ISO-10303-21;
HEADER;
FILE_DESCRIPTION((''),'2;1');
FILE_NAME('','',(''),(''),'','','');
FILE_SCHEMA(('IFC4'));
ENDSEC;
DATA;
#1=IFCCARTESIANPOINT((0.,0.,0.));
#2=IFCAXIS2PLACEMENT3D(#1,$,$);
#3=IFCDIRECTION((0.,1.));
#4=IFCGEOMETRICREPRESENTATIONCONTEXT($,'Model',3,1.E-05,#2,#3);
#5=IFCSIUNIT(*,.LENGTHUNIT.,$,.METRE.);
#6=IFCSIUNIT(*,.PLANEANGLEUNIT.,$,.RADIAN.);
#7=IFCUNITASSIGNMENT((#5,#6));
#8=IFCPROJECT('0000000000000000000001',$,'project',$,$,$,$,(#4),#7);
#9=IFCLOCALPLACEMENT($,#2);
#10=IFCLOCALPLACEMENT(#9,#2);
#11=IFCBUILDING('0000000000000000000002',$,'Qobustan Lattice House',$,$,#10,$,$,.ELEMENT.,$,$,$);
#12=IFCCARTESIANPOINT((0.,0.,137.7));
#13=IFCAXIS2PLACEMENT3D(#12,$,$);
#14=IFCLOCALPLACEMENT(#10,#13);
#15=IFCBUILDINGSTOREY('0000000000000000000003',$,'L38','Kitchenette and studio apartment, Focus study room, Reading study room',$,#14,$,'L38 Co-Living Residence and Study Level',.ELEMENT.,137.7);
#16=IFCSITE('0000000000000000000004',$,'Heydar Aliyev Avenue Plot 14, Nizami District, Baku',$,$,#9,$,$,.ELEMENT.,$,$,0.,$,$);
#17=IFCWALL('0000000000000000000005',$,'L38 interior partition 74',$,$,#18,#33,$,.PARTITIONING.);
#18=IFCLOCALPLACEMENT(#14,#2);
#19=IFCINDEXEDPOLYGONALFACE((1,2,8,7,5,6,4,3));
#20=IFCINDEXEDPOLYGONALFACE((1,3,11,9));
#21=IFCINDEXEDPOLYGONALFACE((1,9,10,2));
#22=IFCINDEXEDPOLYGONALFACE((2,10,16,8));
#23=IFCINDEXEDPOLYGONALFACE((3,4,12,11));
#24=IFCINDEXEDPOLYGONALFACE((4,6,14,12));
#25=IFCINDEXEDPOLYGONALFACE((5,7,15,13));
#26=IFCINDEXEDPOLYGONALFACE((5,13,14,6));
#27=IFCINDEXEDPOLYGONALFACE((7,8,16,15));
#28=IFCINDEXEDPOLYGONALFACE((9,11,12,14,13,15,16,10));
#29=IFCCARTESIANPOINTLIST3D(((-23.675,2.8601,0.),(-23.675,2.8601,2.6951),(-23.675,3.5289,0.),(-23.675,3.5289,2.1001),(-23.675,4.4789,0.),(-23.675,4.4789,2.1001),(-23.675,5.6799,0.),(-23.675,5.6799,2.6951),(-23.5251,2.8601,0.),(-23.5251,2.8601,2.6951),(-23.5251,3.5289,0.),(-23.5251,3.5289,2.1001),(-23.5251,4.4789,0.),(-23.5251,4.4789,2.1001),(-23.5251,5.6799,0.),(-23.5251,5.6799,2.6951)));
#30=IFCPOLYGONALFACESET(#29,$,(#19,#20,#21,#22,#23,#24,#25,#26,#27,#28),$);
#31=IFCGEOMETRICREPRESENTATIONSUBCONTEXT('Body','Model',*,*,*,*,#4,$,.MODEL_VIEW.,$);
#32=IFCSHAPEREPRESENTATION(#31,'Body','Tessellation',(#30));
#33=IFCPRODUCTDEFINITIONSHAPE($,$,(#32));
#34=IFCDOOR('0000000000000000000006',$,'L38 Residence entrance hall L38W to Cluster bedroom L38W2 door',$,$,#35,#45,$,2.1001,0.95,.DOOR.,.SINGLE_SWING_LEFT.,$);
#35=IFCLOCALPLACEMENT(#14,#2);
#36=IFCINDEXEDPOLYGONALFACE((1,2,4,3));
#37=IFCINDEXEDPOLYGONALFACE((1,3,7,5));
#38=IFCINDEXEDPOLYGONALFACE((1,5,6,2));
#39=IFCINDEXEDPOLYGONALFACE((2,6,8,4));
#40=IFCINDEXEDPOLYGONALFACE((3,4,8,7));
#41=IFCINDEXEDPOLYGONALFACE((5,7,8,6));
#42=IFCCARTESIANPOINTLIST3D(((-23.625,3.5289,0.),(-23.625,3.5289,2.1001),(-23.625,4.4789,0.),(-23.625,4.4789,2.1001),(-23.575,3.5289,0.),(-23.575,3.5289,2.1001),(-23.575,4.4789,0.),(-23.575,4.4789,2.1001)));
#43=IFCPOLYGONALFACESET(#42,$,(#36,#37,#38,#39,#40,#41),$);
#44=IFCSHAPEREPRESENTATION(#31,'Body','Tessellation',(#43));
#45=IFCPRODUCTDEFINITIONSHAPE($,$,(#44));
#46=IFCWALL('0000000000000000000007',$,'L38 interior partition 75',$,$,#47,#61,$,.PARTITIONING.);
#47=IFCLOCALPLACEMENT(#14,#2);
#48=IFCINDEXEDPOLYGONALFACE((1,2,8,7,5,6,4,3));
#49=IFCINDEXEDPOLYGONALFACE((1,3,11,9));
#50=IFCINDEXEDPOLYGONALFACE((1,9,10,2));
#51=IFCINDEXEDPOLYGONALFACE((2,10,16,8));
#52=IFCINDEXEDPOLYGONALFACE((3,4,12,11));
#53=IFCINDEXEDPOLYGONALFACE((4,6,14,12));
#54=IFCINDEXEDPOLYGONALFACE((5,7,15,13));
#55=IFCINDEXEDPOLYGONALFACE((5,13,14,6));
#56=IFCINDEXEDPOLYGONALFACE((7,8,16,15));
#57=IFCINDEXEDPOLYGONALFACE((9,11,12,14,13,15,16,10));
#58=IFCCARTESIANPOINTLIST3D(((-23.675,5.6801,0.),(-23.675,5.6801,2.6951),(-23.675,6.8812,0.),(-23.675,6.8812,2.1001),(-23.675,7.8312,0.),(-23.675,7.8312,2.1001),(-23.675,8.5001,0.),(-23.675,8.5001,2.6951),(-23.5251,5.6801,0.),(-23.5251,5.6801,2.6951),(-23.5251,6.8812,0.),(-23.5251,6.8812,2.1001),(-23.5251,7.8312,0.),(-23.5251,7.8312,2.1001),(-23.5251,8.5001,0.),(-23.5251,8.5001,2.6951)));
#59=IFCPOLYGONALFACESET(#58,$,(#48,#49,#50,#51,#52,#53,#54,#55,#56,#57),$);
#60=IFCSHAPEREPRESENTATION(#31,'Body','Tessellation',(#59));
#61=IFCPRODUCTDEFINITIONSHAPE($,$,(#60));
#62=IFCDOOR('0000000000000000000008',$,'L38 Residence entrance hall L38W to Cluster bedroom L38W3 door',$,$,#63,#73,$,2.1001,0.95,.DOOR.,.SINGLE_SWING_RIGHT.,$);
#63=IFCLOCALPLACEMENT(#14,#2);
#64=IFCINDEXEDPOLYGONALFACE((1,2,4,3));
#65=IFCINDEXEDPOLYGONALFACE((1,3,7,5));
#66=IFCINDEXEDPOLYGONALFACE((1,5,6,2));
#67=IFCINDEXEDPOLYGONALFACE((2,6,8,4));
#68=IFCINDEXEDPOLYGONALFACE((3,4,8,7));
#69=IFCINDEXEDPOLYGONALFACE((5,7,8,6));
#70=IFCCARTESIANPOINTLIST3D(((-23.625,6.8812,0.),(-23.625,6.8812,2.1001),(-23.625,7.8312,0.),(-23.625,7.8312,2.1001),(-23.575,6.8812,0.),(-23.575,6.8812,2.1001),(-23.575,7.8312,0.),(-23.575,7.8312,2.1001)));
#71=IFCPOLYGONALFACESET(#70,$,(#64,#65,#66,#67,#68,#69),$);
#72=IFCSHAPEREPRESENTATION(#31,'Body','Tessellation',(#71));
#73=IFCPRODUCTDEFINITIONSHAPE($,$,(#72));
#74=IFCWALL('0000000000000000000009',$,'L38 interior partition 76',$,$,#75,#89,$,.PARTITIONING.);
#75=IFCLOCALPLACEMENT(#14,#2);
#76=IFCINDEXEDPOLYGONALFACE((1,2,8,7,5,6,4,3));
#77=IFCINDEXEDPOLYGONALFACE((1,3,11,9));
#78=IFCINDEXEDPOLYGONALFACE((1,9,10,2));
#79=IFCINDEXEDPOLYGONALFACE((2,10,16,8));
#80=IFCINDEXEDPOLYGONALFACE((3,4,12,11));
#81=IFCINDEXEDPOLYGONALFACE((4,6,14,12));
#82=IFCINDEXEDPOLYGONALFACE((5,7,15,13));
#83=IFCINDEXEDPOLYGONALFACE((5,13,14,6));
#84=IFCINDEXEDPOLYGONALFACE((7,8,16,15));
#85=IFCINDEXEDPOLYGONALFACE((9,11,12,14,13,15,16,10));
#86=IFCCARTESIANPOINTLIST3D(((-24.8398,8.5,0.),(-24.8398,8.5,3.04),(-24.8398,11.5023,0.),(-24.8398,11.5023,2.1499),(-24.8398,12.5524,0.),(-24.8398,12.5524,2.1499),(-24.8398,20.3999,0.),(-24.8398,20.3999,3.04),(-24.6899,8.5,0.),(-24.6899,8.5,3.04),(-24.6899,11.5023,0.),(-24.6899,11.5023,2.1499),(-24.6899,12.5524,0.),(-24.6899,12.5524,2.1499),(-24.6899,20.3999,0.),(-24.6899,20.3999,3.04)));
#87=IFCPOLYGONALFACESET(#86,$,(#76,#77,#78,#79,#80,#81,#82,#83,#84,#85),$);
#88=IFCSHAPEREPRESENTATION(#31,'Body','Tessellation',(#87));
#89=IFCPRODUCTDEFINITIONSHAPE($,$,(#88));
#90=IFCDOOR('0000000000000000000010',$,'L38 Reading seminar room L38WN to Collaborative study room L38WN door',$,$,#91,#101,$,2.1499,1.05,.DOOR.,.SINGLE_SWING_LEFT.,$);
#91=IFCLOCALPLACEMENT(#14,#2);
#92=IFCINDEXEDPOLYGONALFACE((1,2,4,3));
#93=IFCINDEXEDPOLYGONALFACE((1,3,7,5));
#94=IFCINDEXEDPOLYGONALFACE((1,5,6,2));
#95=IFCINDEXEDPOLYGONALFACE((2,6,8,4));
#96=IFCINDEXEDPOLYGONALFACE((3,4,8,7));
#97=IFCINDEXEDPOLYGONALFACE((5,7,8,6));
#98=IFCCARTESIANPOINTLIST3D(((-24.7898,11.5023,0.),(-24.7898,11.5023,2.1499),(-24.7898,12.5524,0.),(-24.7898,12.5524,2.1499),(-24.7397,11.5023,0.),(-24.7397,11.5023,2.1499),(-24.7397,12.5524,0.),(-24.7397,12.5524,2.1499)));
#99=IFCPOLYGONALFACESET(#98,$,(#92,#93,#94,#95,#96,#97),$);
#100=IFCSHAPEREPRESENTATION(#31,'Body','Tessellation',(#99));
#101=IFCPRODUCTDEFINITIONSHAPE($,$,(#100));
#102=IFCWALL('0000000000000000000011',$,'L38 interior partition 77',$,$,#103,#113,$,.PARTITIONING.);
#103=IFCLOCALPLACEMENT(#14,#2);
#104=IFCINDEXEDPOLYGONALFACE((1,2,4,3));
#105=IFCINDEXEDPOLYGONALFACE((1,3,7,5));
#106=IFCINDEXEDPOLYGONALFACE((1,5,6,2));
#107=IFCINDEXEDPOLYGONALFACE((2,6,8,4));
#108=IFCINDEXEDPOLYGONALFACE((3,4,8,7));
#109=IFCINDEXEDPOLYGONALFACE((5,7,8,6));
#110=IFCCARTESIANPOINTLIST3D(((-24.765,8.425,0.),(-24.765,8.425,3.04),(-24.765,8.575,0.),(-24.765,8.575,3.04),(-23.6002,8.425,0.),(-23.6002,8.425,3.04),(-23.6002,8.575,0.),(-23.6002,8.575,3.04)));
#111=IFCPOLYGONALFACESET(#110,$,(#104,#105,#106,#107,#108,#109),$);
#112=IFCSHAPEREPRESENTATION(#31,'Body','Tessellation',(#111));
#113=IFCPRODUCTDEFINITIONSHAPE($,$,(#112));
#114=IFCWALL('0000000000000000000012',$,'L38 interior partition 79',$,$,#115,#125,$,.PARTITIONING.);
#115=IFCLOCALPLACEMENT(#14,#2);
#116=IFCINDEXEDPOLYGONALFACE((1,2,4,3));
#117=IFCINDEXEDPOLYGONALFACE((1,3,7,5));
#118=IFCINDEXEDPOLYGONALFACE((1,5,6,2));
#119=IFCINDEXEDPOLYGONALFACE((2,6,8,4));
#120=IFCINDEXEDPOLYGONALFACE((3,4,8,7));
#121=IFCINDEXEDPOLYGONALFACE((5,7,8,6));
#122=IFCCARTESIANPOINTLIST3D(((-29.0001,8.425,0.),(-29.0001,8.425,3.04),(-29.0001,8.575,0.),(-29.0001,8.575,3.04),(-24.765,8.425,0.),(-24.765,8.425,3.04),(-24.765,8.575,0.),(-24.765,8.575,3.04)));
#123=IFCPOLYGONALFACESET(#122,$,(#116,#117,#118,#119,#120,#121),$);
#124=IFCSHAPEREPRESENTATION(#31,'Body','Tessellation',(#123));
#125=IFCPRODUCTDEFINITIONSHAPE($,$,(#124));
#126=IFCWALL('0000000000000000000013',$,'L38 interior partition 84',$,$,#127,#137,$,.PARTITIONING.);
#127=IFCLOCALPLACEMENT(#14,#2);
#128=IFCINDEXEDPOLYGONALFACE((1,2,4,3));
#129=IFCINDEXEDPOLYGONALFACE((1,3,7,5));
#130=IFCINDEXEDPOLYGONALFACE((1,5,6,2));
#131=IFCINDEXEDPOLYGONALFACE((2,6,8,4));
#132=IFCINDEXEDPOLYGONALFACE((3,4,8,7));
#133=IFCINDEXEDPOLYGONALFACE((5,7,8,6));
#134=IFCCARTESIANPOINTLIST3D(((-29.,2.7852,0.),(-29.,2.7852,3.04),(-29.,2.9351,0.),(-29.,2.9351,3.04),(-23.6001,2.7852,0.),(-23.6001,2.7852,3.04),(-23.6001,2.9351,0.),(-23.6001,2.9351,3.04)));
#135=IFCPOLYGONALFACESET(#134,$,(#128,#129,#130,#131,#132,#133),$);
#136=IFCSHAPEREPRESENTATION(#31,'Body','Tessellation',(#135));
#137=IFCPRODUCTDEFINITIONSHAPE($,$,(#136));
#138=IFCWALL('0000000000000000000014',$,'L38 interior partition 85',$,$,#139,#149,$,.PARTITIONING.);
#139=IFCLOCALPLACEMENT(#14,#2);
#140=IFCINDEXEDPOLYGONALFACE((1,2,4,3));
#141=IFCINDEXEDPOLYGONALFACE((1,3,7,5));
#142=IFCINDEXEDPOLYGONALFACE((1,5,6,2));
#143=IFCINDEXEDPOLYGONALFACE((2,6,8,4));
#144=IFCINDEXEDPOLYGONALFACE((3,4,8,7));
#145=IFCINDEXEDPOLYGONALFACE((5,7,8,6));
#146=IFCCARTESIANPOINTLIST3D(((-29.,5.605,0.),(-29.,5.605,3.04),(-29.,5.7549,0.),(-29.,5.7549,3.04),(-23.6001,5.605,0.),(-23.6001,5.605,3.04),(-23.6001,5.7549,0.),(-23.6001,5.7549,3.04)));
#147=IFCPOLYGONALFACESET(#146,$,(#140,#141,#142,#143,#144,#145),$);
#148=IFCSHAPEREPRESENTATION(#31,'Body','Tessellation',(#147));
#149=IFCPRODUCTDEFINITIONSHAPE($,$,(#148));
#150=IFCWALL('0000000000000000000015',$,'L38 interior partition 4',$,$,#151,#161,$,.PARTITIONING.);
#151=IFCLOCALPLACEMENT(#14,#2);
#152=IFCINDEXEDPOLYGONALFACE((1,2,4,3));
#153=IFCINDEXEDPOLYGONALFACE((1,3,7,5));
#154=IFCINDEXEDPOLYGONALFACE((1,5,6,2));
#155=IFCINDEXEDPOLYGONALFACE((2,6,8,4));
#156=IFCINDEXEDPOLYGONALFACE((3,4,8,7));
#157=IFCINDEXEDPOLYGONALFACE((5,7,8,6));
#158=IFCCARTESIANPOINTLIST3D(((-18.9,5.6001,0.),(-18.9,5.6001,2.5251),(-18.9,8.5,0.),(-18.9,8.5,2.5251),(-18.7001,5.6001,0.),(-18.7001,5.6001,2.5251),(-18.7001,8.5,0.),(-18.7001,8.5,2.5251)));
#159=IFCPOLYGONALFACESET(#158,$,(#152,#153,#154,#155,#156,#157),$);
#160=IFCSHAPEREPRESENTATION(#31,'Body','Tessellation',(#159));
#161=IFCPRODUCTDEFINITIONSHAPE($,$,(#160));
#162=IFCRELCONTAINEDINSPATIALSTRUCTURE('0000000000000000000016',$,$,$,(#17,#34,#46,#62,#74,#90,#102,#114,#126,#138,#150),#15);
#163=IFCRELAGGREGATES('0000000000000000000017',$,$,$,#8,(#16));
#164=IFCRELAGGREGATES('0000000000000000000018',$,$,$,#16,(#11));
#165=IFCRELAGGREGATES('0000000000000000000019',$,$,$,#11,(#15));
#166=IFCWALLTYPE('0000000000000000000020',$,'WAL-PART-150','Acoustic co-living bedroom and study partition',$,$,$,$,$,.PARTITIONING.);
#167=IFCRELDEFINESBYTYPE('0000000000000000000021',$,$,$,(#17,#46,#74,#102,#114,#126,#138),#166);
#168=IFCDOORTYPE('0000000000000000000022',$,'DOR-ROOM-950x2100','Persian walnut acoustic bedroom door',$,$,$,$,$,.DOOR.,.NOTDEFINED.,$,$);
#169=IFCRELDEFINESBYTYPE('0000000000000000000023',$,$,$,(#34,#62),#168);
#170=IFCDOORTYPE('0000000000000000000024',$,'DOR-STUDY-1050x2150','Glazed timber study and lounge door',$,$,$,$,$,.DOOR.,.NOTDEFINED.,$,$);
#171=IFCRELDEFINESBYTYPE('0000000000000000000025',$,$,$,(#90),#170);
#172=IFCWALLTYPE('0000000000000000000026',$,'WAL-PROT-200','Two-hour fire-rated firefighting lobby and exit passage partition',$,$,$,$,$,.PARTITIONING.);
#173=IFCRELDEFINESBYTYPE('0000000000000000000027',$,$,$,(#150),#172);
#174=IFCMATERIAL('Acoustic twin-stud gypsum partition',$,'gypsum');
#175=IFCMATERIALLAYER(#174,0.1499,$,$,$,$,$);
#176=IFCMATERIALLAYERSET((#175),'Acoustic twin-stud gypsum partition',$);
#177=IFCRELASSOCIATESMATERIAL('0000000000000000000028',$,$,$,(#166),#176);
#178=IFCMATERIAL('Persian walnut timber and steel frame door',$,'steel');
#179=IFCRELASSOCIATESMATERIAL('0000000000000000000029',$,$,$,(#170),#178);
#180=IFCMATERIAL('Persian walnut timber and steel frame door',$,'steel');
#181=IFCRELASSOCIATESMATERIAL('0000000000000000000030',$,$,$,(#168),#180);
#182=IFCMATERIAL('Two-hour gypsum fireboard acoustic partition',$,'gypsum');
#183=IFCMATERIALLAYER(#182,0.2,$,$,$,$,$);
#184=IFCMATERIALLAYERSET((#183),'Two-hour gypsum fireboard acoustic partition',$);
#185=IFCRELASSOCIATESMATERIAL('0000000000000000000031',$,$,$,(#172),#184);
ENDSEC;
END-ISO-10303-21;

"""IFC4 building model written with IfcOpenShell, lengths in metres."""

from ifc_helpers import new_model, si_unit, direction, frame, frame_2d, origin, place, context, subcontext, project, spatial, rectangle, extrude, material, layer, layer_set, type_object, element, fill, save


model = new_model("IFC4")

# Units and contexts
model_context = context("Model", 3, precision=1e-05, world=origin(), true_north=direction((0.0, 1.0)))
body_context = subcontext(model_context, "Body", "Model", "MODEL_VIEW")
ifc_project = project(units=[si_unit("LENGTHUNIT", "METRE"), si_unit("PLANEANGLEUNIT", "RADIAN")], contexts=[model_context])

# Site, building, storey
site_placement = place(None, origin())
site = spatial("IfcSite", under=ifc_project, at=site_placement, Name="Heydar Aliyev Avenue Plot 14, Nizami District, Baku", CompositionType="ELEMENT", RefElevation=0.0)
building_placement = place(site_placement, origin())
building = spatial("IfcBuilding", under=site, at=building_placement, Name="Qobustan Lattice House", CompositionType="ELEMENT")
storey_placement = place(building_placement, frame((0.0, 0.0, 137.7)))
storey = spatial("IfcBuildingStorey", under=building, at=storey_placement, Name="L38", Description="Kitchenette and studio apartment, Focus study room, Reading study room", LongName="L38 Co-Living Residence and Study Level", CompositionType="ELEMENT", Elevation=137.7)

# Walls, openings, doors
ifc_material_1 = material(Name="Acoustic twin-stud gypsum partition", Category="gypsum")
ifc_layer_1 = layer(ifc_material_1, 0.1499)
ifc_layer_set_1 = layer_set([ifc_layer_1], Name="Acoustic twin-stud gypsum partition")
wall_type_1 = type_object("IfcWallType", Name="WAL-PART-150", Description="Acoustic co-living bedroom and study partition", PredefinedType="PARTITIONING", material=ifc_layer_set_1)
ifc_material_2 = material(Name="Persian walnut timber and steel frame door", Category="steel")
door_type_1 = type_object("IfcDoorType", Name="DOR-STUDY-1050x2150", Description="Glazed timber study and lounge door", OperationType="NOTDEFINED", PredefinedType="DOOR", material=ifc_material_2)
wall_1_placement = place(storey_placement, frame((-23.6001, 2.8601, 0.0), z_axis=(0.0, 0.0, 1.0), x_axis=(0.0, 1.0, 0.0)))
wall_1 = element("IfcWall", 1, at=wall_1_placement, inside=storey, type_object=wall_type_1, Name="L38 interior partition 74", PredefinedType="PARTITIONING", context=body_context, shape_type="SweptSolid", body=[
    extrude(rectangle(XDim=2.8198, YDim=0.1499, at=frame_2d((1.4099, 0.0))), origin(), (0.0, 0.0, 1.0), 2.6951),
])
opening_1_placement = place(wall_1_placement, frame((0.6687, 0.0, 0.0)))
opening_1 = element("IfcOpeningElement", 2, at=opening_1_placement, cuts=wall_1, PredefinedType="OPENING", context=body_context, shape_type="SweptSolid", body=[
    extrude(rectangle(XDim=0.95, YDim=2.1001, at=frame_2d((0.4751, 1.05))), frame((0.0, 0.085, 0.0), z_axis=(0.0, -1.0, 0.0), x_axis=(1.0, 0.0, 0.0)), (0.0, 0.0, 1.0), 0.1699),
])
ifc_material_3 = material(Name="Persian walnut timber and steel frame door", Category="steel")
door_type_2 = type_object("IfcDoorType", Name="DOR-ROOM-950x2100", Description="Persian walnut acoustic bedroom door", OperationType="NOTDEFINED", PredefinedType="DOOR", material=ifc_material_3)
door_1_placement = place(opening_1_placement, origin())
door_1 = element("IfcDoor", 3, at=door_1_placement, inside=storey, type_object=door_type_2, Name="L38 Residence entrance hall L38W to Cluster bedroom L38W2 door", OperationType="SINGLE_SWING_LEFT", OverallHeight=2.1001, OverallWidth=0.95, PredefinedType="DOOR", context=body_context, shape_type="SweptSolid", body=[
    extrude(rectangle(XDim=0.95, YDim=2.1001, at=frame_2d((0.4751, 1.05))), frame((0.0, 0.0249, 0.0), z_axis=(0.0, -1.0, 0.0), x_axis=(1.0, 0.0, 0.0)), (0.0, 0.0, 1.0), 0.05),
])
fill(opening_1, door_1)
wall_2_placement = place(storey_placement, frame((-23.6001, 5.6799, 0.0), z_axis=(0.0, 0.0, 1.0), x_axis=(0.0, 1.0, 0.0)))
wall_2 = element("IfcWall", 4, at=wall_2_placement, inside=storey, type_object=wall_type_1, Name="L38 interior partition 75", PredefinedType="PARTITIONING", context=body_context, shape_type="SweptSolid", body=[
    extrude(rectangle(XDim=2.8201, YDim=0.1499, at=frame_2d((1.4102, 0.0))), origin(), (0.0, 0.0, 1.0), 2.6951),
])
opening_2_placement = place(wall_2_placement, frame((1.2012, 0.0, 0.0)))
opening_2 = element("IfcOpeningElement", 5, at=opening_2_placement, cuts=wall_2, PredefinedType="OPENING", context=body_context, shape_type="SweptSolid", body=[
    extrude(rectangle(XDim=0.95, YDim=2.1001, at=frame_2d((0.4751, 1.05))), frame((0.0, 0.085, 0.0), z_axis=(0.0, -1.0, 0.0), x_axis=(1.0, 0.0, 0.0)), (0.0, 0.0, 1.0), 0.1699),
])
door_2_placement = place(opening_2_placement, origin())
door_2 = element("IfcDoor", 6, at=door_2_placement, inside=storey, type_object=door_type_2, Name="L38 Residence entrance hall L38W to Cluster bedroom L38W3 door", OperationType="SINGLE_SWING_RIGHT", OverallHeight=2.1001, OverallWidth=0.95, PredefinedType="DOOR", context=body_context, shape_type="SweptSolid", body=[
    extrude(rectangle(XDim=0.95, YDim=2.1001, at=frame_2d((0.4751, 1.05))), frame((0.0, 0.0249, 0.0), z_axis=(0.0, -1.0, 0.0), x_axis=(1.0, 0.0, 0.0)), (0.0, 0.0, 1.0), 0.05),
])
fill(opening_2, door_2)
wall_3_placement = place(storey_placement, frame((-24.7649, 8.5, 0.0), z_axis=(0.0, 0.0, 1.0), x_axis=(0.0, 1.0, 0.0)))
wall_3 = element("IfcWall", 7, at=wall_3_placement, inside=storey, type_object=wall_type_1, Name="L38 interior partition 76", PredefinedType="PARTITIONING", context=body_context, shape_type="SweptSolid", body=[
    extrude(rectangle(XDim=11.8999, YDim=0.1499, at=frame_2d((5.95, 0.0))), origin(), (0.0, 0.0, 1.0), 3.04),
])
opening_3_placement = place(wall_3_placement, frame((3.0024, 0.0, 0.0)))
opening_3 = element("IfcOpeningElement", 8, at=opening_3_placement, cuts=wall_3, PredefinedType="OPENING", context=body_context, shape_type="SweptSolid", body=[
    extrude(rectangle(XDim=1.05, YDim=2.1499, at=frame_2d((0.5249, 1.075))), frame((0.0, 0.085, 0.0), z_axis=(0.0, -1.0, 0.0), x_axis=(1.0, 0.0, 0.0)), (0.0, 0.0, 1.0), 0.1699),
])
door_3_placement = place(opening_3_placement, origin())
door_3 = element("IfcDoor", 9, at=door_3_placement, inside=storey, type_object=door_type_1, Name="L38 Reading seminar room L38WN to Collaborative study room L38WN door", OperationType="SINGLE_SWING_LEFT", OverallHeight=2.1499, OverallWidth=1.05, PredefinedType="DOOR", context=body_context, shape_type="SweptSolid", body=[
    extrude(rectangle(XDim=1.05, YDim=2.1499, at=frame_2d((0.5249, 1.075))), frame((0.0, 0.0249, 0.0), z_axis=(0.0, -1.0, 0.0), x_axis=(1.0, 0.0, 0.0)), (0.0, 0.0, 1.0), 0.05),
])
fill(opening_3, door_3)

# Walls
wall_4_placement = place(storey_placement, frame((-23.6001, 8.5, 0.0), z_axis=(0.0, 0.0, 1.0), x_axis=(-1.0, 0.0, 0.0)))
element("IfcWall", 10, at=wall_4_placement, inside=storey, type_object=wall_type_1, Name="L38 interior partition 77", PredefinedType="PARTITIONING", context=body_context, shape_type="SweptSolid", body=[
    extrude(rectangle(XDim=1.1648, YDim=0.1499, at=frame_2d((0.5825, 0.0))), origin(), (0.0, 0.0, 1.0), 3.04),
])
wall_5_placement = place(storey_placement, frame((-24.7649, 8.5, 0.0), z_axis=(0.0, 0.0, 1.0), x_axis=(-1.0, 0.0, 0.0)))
element("IfcWall", 11, at=wall_5_placement, inside=storey, type_object=wall_type_1, Name="L38 interior partition 79", PredefinedType="PARTITIONING", context=body_context, shape_type="SweptSolid", body=[
    extrude(rectangle(XDim=4.2351, YDim=0.1499, at=frame_2d((2.1177, 0.0))), origin(), (0.0, 0.0, 1.0), 3.04),
])
for number, where, z_axis, x_axis, name in (
    (12, (-29.0, 2.8601, 0.0), (0.0, 0.0, 1.0), (1.0, 0.0, 0.0), "L38 interior partition 84"),
    (13, (-29.0, 5.6799, 0.0), (0.0, 0.0, 1.0), (1.0, 0.0, 0.0), "L38 interior partition 85"),
):
    element("IfcWall", number, at=place(storey_placement, frame(where, z_axis=z_axis, x_axis=x_axis)), inside=storey, type_object=wall_type_1, Name=name, PredefinedType="PARTITIONING", context=body_context, shape_type="SweptSolid", body=[
        extrude(rectangle(XDim=5.3999, YDim=0.1499, at=frame_2d((2.7, 0.0))), origin(), (0.0, 0.0, 1.0), 3.04),
    ])
ifc_material_4 = material(Name="Two-hour gypsum fireboard acoustic partition", Category="gypsum")
ifc_layer_2 = layer(ifc_material_4, 0.2)
ifc_layer_set_2 = layer_set([ifc_layer_2], Name="Two-hour gypsum fireboard acoustic partition")
wall_type_2 = type_object("IfcWallType", Name="WAL-PROT-200", Description="Two-hour fire-rated firefighting lobby and exit passage partition", PredefinedType="PARTITIONING", material=ifc_layer_set_2)
wall_6_placement = place(storey_placement, frame((-18.8, 8.5, 0.0), z_axis=(0.0, 0.0, 1.0), x_axis=(0.0, -1.0, 0.0)))
element("IfcWall", 14, at=wall_6_placement, inside=storey, type_object=wall_type_2, Name="L38 interior partition 4", PredefinedType="PARTITIONING", context=body_context, shape_type="SweptSolid", body=[
    extrude(rectangle(XDim=2.8999, YDim=0.2, at=frame_2d((1.45, 0.0))), origin(), (0.0, 0.0, 1.0), 2.5251),
])

save(model, "model.ifc")
